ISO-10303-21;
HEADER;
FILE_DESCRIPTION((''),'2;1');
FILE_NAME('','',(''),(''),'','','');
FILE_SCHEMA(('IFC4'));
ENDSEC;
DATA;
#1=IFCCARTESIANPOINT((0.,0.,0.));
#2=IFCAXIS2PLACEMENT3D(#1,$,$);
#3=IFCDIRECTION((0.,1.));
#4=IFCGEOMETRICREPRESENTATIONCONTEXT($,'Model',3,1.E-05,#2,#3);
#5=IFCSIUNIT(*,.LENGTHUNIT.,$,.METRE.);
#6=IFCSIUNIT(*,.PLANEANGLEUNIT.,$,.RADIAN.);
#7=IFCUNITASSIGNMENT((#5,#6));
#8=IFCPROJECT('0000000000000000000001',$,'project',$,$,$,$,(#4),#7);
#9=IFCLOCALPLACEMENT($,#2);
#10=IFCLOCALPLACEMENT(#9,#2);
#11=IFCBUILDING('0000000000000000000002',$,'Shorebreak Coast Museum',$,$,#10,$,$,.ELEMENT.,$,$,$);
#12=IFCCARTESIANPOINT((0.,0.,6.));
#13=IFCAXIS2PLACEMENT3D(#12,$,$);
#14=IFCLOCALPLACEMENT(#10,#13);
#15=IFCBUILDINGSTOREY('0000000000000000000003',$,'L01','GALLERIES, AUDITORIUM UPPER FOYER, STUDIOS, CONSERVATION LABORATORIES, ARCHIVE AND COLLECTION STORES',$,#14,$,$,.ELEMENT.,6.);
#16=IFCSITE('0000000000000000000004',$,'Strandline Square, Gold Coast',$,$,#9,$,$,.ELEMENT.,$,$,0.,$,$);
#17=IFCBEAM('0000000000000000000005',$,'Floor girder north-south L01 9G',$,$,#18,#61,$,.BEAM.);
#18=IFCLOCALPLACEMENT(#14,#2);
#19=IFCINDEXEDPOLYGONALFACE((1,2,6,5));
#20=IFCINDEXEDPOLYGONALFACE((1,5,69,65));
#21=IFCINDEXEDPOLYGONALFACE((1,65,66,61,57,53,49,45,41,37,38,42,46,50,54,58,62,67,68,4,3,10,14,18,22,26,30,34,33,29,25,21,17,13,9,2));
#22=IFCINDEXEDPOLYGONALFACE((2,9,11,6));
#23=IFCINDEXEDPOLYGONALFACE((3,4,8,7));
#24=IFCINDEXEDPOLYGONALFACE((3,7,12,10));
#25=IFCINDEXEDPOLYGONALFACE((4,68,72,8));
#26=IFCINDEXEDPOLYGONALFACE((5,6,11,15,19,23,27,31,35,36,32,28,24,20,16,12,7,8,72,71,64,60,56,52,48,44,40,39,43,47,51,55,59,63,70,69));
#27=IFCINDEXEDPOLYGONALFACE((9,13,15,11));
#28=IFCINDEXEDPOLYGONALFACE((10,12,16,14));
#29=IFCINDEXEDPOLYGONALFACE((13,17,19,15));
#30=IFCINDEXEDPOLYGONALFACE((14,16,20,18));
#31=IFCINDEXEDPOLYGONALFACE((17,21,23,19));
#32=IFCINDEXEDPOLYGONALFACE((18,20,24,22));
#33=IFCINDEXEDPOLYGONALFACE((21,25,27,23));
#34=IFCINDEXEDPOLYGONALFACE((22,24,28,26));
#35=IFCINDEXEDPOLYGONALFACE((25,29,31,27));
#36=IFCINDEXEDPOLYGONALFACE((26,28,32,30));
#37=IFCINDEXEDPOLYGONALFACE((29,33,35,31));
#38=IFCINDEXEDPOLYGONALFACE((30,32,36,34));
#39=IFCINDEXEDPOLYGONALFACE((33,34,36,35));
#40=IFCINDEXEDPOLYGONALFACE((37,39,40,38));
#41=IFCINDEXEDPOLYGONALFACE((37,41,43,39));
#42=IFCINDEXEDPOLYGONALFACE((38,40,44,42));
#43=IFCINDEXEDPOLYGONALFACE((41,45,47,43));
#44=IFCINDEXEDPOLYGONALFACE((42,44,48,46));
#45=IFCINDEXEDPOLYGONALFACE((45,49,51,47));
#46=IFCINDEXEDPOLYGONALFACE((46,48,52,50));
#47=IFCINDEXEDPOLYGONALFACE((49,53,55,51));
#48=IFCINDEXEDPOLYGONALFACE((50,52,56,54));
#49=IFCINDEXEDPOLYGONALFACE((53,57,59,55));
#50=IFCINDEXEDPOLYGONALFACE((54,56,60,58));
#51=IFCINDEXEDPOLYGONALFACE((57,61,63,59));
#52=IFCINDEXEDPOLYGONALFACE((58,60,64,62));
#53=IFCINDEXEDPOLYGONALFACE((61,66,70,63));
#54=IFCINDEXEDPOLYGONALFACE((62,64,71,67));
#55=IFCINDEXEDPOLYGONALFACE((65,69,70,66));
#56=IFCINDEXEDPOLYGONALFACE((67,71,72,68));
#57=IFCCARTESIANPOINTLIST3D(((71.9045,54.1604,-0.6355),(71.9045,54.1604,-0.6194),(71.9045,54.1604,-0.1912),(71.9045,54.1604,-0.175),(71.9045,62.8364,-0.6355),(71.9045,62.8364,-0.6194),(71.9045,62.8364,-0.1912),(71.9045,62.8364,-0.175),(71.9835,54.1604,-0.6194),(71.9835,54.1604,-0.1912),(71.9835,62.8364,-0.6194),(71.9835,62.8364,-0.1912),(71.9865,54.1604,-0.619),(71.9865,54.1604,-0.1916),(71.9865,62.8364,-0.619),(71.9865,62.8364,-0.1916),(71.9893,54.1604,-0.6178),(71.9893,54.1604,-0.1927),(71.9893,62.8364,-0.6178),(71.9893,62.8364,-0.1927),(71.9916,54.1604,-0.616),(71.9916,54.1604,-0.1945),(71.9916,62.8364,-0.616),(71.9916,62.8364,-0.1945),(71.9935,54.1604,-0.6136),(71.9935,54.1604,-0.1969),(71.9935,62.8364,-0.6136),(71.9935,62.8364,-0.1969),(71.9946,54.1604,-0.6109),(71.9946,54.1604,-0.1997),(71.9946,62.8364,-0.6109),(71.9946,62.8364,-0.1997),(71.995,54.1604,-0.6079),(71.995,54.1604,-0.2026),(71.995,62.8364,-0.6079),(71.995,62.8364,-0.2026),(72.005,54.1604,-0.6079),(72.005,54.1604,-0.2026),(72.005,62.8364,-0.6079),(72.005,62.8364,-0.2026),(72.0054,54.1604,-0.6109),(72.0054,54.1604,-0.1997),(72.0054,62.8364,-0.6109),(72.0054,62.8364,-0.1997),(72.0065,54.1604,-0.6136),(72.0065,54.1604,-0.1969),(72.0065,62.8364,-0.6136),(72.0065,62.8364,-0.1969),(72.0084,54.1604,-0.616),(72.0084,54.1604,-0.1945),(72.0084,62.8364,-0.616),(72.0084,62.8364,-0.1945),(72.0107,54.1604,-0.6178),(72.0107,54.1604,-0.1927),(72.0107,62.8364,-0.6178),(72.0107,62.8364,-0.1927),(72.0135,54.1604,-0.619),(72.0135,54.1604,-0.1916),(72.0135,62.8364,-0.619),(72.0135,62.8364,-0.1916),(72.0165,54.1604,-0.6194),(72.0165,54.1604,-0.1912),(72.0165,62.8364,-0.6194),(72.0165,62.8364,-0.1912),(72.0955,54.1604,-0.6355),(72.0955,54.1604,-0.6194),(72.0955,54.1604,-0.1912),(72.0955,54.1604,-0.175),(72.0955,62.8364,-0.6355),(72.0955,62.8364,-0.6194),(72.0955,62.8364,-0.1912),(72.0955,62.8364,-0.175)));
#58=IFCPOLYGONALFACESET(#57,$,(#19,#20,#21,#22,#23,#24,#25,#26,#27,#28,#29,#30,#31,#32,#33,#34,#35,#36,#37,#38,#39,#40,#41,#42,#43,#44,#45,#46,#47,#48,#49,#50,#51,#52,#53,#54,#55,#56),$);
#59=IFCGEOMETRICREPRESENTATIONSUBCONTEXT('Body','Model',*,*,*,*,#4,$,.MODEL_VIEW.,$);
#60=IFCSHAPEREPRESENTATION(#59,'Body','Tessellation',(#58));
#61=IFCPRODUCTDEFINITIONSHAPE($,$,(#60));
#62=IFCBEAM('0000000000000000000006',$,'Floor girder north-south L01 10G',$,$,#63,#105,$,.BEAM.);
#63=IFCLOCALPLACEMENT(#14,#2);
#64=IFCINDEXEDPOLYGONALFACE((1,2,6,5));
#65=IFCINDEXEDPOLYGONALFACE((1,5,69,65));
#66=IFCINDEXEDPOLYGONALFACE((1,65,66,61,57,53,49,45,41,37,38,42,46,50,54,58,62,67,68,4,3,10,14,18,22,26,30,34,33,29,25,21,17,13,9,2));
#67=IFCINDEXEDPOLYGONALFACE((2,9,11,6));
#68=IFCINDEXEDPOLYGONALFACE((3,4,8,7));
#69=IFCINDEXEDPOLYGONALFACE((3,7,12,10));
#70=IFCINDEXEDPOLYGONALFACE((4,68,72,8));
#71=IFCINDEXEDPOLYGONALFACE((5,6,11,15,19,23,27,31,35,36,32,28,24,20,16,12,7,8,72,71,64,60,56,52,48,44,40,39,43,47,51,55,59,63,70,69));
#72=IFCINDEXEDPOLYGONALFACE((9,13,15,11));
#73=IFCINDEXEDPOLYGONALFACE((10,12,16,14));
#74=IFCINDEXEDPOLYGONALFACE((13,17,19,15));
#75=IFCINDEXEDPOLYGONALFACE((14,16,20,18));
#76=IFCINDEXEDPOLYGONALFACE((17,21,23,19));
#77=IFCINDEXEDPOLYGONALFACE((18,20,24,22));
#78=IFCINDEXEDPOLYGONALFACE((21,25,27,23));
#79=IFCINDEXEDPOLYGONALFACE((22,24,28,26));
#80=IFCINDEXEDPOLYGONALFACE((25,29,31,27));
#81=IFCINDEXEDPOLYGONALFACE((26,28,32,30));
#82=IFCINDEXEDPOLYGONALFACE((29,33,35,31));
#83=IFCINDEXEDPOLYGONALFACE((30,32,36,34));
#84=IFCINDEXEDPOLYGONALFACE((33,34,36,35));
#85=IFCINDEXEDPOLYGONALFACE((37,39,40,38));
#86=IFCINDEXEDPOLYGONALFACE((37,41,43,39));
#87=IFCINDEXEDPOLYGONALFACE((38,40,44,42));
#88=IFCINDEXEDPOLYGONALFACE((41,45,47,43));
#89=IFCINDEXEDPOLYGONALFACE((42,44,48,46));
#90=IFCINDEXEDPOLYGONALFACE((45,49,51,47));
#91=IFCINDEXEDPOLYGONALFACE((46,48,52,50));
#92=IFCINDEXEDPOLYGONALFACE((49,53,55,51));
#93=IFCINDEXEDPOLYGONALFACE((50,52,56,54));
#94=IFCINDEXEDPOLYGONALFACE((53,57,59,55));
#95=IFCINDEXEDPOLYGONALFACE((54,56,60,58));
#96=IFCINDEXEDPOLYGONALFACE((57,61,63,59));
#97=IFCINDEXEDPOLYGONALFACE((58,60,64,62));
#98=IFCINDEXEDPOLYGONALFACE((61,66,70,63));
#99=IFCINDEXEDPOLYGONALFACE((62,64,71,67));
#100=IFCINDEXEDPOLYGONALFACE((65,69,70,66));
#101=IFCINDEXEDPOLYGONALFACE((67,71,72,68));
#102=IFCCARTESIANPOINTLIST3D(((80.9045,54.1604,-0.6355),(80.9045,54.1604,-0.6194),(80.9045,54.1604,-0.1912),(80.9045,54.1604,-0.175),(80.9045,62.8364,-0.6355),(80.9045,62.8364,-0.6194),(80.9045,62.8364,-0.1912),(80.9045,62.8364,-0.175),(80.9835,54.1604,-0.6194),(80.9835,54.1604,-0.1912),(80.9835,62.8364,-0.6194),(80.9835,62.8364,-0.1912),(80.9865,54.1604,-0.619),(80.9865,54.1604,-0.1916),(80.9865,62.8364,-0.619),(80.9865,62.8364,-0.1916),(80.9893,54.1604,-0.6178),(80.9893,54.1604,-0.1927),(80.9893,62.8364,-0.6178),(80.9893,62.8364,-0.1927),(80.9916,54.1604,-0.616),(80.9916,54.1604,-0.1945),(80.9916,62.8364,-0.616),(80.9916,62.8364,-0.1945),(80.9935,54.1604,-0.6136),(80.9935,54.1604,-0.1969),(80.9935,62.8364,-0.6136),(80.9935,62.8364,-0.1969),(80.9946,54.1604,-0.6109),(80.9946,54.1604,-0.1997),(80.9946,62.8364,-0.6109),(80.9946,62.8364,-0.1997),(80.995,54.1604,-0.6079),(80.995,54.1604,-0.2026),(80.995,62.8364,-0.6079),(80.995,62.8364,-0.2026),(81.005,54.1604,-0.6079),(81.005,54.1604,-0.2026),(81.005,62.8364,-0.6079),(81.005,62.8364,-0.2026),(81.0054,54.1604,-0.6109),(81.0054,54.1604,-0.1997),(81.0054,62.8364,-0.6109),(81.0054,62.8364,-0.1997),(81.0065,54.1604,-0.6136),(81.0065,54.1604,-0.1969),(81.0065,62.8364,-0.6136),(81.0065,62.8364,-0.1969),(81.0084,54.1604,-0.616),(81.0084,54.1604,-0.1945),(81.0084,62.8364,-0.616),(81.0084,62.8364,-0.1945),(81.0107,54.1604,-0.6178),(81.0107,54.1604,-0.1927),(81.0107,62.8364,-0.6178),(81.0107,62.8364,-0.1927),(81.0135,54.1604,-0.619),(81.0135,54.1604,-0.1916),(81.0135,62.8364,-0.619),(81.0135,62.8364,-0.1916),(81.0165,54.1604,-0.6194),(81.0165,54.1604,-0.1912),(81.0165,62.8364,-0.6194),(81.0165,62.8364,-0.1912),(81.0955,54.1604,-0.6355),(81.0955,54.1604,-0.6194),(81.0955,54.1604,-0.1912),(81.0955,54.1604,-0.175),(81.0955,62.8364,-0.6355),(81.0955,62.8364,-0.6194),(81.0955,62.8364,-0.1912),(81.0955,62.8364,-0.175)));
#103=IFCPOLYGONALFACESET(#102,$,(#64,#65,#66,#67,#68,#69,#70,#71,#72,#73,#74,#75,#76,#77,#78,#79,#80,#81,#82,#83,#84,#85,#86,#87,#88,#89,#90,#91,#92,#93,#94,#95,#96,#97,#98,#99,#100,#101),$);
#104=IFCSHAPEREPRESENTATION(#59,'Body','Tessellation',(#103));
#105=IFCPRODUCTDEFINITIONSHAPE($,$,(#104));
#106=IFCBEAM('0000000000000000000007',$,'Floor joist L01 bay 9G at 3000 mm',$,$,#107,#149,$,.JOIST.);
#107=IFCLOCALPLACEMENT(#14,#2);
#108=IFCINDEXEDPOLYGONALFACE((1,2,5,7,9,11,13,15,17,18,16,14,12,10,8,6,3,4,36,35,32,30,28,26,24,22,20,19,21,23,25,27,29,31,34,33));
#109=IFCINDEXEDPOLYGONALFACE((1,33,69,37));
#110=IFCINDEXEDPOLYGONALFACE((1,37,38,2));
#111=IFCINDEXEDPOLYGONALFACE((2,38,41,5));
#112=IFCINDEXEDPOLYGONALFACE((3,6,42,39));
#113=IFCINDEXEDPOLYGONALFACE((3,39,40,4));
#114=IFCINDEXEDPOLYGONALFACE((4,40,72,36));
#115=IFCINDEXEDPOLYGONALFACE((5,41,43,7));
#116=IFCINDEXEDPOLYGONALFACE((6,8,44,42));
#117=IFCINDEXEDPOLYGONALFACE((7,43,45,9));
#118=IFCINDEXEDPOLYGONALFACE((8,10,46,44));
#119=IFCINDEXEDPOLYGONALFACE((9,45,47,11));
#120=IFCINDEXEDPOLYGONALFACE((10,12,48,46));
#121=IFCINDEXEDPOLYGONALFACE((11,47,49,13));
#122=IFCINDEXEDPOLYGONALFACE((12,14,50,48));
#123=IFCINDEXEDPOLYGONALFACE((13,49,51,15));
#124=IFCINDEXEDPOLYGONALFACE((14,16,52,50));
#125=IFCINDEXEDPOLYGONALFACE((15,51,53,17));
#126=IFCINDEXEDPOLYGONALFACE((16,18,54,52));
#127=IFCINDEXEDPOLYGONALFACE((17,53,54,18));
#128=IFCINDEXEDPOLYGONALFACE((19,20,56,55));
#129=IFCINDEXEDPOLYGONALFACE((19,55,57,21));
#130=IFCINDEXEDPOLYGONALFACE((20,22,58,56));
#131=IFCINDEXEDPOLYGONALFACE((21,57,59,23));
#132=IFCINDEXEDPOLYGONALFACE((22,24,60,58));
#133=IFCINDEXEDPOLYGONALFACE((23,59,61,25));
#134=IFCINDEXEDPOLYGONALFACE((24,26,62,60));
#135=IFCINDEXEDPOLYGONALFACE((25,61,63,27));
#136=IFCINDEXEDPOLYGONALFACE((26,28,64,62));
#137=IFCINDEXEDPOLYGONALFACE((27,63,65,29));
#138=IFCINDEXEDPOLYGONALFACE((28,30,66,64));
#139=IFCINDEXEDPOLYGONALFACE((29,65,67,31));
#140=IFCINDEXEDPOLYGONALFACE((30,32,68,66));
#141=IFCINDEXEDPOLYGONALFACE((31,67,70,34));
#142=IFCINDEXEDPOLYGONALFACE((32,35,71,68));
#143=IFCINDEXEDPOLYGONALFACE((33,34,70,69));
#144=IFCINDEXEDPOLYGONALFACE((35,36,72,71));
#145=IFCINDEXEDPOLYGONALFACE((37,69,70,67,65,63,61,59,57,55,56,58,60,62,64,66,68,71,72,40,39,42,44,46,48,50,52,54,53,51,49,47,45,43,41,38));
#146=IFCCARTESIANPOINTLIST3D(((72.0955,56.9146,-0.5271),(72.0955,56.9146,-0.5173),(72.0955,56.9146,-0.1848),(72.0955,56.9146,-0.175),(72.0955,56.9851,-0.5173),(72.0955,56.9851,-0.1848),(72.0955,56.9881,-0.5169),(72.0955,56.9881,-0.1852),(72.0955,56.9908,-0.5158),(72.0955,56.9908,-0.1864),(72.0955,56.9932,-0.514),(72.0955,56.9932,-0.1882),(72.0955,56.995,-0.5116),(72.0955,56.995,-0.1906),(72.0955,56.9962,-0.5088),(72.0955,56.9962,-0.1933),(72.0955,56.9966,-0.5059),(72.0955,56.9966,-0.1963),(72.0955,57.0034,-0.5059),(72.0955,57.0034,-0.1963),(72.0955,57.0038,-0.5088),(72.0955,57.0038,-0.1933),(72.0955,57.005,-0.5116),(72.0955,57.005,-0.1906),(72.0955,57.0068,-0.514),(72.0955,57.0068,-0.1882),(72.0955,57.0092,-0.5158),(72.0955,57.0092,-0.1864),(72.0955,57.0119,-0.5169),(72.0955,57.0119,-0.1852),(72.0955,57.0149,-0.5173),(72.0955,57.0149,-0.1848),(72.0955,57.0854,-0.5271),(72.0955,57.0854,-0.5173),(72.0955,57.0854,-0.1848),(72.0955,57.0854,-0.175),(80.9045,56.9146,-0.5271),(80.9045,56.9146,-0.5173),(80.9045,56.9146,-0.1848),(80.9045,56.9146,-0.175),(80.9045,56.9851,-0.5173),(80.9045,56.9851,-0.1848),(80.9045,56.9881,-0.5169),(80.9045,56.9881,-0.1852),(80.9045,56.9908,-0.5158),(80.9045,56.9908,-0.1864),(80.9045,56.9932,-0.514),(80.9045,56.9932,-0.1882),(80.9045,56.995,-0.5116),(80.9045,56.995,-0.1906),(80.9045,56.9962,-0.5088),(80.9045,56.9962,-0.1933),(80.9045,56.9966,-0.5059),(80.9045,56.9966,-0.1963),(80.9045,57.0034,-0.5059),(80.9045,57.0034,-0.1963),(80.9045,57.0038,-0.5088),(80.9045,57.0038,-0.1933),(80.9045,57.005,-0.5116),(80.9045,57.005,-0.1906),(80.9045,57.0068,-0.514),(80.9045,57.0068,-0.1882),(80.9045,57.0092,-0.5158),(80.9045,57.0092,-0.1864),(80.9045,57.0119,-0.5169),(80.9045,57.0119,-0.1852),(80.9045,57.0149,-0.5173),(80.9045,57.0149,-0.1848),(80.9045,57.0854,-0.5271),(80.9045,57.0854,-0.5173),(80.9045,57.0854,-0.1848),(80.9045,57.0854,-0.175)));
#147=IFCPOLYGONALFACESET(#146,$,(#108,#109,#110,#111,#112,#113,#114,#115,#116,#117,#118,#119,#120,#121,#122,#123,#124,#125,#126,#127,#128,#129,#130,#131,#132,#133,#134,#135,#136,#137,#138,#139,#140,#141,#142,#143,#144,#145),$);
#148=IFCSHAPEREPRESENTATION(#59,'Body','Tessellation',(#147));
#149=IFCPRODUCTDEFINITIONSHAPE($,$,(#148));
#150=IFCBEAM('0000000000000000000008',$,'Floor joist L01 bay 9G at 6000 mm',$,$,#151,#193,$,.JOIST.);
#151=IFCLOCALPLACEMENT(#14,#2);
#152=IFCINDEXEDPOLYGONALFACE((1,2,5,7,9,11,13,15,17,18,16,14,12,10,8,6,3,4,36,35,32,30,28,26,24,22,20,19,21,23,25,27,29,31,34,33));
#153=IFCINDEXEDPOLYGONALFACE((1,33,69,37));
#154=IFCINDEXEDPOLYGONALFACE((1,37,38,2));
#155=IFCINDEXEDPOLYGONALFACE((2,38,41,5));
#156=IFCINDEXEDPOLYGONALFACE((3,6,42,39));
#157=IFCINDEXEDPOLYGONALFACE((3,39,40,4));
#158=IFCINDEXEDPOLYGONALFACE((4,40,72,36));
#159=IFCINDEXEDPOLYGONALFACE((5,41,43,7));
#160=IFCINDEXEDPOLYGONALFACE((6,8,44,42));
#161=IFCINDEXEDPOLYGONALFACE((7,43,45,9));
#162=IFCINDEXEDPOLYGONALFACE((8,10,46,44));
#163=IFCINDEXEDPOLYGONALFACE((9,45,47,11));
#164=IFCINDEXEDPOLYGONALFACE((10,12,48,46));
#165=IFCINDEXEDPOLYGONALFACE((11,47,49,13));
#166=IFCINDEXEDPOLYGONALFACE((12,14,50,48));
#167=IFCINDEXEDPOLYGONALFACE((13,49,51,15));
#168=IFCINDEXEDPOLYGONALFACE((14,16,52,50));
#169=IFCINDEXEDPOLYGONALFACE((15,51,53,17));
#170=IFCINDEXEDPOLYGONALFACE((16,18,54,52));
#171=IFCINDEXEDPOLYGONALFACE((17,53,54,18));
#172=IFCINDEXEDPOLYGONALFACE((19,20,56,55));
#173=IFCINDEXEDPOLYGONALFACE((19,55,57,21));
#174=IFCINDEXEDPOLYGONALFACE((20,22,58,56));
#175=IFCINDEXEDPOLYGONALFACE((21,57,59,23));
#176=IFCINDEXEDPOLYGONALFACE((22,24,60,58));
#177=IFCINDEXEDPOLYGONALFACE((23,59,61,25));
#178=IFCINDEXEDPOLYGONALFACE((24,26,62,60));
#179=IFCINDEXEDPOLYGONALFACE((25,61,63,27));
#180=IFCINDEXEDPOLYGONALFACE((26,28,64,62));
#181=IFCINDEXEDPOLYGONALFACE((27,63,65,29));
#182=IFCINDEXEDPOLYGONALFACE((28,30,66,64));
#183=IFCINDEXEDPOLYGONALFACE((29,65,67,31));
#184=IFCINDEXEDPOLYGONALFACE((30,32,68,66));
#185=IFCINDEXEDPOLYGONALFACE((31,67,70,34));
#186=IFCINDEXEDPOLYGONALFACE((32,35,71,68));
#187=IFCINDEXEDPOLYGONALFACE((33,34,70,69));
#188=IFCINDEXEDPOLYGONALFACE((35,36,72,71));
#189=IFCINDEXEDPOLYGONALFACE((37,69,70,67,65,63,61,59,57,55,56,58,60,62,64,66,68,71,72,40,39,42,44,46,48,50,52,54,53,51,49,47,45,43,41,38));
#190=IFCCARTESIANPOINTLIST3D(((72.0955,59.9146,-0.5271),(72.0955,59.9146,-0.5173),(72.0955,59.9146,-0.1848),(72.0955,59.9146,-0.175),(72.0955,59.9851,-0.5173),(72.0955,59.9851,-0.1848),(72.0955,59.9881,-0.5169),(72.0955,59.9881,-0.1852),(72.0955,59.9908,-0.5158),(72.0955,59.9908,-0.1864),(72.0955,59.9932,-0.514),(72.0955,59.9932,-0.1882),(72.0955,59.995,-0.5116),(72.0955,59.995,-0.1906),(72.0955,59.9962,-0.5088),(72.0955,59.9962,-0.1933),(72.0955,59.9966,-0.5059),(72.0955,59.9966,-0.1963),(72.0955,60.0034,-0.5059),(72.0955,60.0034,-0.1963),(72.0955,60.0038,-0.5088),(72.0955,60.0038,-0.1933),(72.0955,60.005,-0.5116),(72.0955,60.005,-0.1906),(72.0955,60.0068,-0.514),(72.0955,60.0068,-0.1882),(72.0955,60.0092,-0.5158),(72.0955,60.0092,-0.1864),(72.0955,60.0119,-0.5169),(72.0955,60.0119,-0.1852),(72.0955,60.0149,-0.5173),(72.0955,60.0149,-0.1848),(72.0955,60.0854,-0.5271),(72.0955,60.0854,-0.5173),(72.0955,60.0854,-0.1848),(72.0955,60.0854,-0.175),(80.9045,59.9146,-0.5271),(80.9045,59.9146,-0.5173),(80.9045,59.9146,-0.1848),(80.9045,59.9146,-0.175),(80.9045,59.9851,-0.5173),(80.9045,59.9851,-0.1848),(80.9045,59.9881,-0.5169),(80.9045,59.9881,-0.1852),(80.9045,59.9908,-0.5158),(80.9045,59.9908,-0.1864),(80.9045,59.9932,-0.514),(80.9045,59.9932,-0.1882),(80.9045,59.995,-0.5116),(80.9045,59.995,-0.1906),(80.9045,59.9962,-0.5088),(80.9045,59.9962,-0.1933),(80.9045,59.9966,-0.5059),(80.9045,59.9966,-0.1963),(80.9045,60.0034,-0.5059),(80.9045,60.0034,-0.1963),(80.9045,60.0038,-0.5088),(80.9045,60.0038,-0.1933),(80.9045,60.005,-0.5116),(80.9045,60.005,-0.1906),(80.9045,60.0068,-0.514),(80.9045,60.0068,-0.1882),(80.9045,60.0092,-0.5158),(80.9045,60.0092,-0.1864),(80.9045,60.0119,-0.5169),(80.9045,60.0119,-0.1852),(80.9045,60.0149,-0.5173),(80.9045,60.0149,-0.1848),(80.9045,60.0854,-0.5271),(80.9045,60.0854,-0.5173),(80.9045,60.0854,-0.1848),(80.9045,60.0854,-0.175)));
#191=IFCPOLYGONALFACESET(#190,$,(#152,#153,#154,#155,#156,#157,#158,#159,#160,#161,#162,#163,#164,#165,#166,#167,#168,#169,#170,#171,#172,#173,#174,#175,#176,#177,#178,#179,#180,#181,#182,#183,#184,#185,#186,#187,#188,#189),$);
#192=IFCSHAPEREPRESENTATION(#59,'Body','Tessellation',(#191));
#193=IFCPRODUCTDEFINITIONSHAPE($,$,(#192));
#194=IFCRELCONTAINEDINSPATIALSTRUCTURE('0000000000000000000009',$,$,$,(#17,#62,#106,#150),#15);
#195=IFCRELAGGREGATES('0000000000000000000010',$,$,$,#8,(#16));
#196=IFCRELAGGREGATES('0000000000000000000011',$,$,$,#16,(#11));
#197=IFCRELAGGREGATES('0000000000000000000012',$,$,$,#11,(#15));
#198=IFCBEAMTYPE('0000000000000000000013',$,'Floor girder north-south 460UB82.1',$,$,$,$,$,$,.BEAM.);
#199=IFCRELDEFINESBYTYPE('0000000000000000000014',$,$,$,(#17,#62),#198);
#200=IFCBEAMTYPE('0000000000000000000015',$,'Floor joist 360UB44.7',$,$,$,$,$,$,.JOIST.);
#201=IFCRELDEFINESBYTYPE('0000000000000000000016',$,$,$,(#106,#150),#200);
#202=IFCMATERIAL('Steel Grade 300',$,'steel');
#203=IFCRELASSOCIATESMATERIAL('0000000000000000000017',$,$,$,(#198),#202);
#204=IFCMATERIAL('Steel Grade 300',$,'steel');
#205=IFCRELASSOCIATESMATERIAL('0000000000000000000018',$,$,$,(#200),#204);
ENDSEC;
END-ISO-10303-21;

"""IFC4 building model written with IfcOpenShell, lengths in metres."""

from ifc_helpers import new_model, si_unit, direction, frame, origin, origin_2d, place, context, subcontext, project, spatial, i_section, extrude, material, material_profile, profile_set, type_object, element, save


model = new_model("IFC4")

# Units and contexts
model_context = context("Model", 3, precision=1e-05, world=origin(), true_north=direction((0.0, 1.0)))
body_context = subcontext(model_context, "Body", "Model", "MODEL_VIEW")
ifc_project = project(units=[si_unit("LENGTHUNIT", "METRE"), si_unit("PLANEANGLEUNIT", "RADIAN")], contexts=[model_context])

# Site, building, storey
site_placement = place(None, origin())
site = spatial("IfcSite", under=ifc_project, at=site_placement, Name="Strandline Square, Gold Coast", CompositionType="ELEMENT", RefElevation=0.0)
building_placement = place(site_placement, origin())
building = spatial("IfcBuilding", under=site, at=building_placement, Name="Shorebreak Coast Museum", CompositionType="ELEMENT")
storey_placement = place(building_placement, frame((0.0, 0.0, 6.0)))
storey = spatial("IfcBuildingStorey", under=building, at=storey_placement, Name="L01", Description="GALLERIES, AUDITORIUM UPPER FOYER, STUDIOS, CONSERVATION LABORATORIES, ARCHIVE AND COLLECTION STORES", CompositionType="ELEMENT", Elevation=6.0)

# Beams
ifc_material_1 = material(Name="Steel Grade 300", Category="steel")
ifc_material_profile_1 = material_profile(ifc_material_1, i_section(OverallWidth=0.1909, OverallDepth=0.4604, WebThickness=0.01, FlangeThickness=0.0161, FilletRadius=0.0115, at=origin_2d()), Name="460UB82.1")
ifc_profile_set_1 = profile_set([ifc_material_profile_1], Name="Steel Grade 300")
beam_type_1 = type_object("IfcBeamType", Name="Floor girder north-south 460UB82.1", PredefinedType="BEAM", material=ifc_profile_set_1)
for number, where, z_axis, x_axis, name in (
    (1, (72.0, 54.1604, -0.4053), (0.0, 1.0, 0.0), (-1.0, 0.0, 0.0), "Floor girder north-south L01 9G"),
    (2, (81.0, 54.1604, -0.4053), (0.0, 1.0, 0.0), (-1.0, 0.0, 0.0), "Floor girder north-south L01 10G"),
):
    element("IfcBeam", number, at=place(storey_placement, frame(where, z_axis=z_axis, x_axis=x_axis)), inside=storey, type_object=beam_type_1, Name=name, PredefinedType="BEAM", context=body_context, shape_type="SweptSolid", body=[
        extrude(i_section(OverallWidth=0.1909, OverallDepth=0.4604, WebThickness=0.01, FlangeThickness=0.0161, FilletRadius=0.0115, at=origin_2d()), origin(), (0.0, 0.0, 1.0), 8.676),
    ])
ifc_material_2 = material(Name="Steel Grade 300", Category="steel")
ifc_material_profile_2 = material_profile(ifc_material_2, i_section(OverallWidth=0.1709, OverallDepth=0.3521, WebThickness=0.0068, FlangeThickness=0.0098, FilletRadius=0.0115, at=origin_2d()), Name="360UB44.7")
ifc_profile_set_2 = profile_set([ifc_material_profile_2], Name="Steel Grade 300")
beam_type_2 = type_object("IfcBeamType", Name="Floor joist 360UB44.7", PredefinedType="JOIST", material=ifc_profile_set_2)
for number, where, z_axis, x_axis, name in (
    (3, (72.0955, 57.0, -0.3511), (1.0, 0.0, 0.0), (0.0, 1.0, 0.0), "Floor joist L01 bay 9G at 3000 mm"),
    (4, (72.0955, 60.0, -0.3511), (1.0, 0.0, 0.0), (0.0, 1.0, 0.0), "Floor joist L01 bay 9G at 6000 mm"),
):
    element("IfcBeam", number, at=place(storey_placement, frame(where, z_axis=z_axis, x_axis=x_axis)), inside=storey, type_object=beam_type_2, Name=name, PredefinedType="JOIST", context=body_context, shape_type="SweptSolid", body=[
        extrude(i_section(OverallWidth=0.1709, OverallDepth=0.3521, WebThickness=0.0068, FlangeThickness=0.0098, FilletRadius=0.0115, at=origin_2d()), origin(), (0.0, 0.0, 1.0), 8.8091),
    ])

save(model, "model.ifc")
